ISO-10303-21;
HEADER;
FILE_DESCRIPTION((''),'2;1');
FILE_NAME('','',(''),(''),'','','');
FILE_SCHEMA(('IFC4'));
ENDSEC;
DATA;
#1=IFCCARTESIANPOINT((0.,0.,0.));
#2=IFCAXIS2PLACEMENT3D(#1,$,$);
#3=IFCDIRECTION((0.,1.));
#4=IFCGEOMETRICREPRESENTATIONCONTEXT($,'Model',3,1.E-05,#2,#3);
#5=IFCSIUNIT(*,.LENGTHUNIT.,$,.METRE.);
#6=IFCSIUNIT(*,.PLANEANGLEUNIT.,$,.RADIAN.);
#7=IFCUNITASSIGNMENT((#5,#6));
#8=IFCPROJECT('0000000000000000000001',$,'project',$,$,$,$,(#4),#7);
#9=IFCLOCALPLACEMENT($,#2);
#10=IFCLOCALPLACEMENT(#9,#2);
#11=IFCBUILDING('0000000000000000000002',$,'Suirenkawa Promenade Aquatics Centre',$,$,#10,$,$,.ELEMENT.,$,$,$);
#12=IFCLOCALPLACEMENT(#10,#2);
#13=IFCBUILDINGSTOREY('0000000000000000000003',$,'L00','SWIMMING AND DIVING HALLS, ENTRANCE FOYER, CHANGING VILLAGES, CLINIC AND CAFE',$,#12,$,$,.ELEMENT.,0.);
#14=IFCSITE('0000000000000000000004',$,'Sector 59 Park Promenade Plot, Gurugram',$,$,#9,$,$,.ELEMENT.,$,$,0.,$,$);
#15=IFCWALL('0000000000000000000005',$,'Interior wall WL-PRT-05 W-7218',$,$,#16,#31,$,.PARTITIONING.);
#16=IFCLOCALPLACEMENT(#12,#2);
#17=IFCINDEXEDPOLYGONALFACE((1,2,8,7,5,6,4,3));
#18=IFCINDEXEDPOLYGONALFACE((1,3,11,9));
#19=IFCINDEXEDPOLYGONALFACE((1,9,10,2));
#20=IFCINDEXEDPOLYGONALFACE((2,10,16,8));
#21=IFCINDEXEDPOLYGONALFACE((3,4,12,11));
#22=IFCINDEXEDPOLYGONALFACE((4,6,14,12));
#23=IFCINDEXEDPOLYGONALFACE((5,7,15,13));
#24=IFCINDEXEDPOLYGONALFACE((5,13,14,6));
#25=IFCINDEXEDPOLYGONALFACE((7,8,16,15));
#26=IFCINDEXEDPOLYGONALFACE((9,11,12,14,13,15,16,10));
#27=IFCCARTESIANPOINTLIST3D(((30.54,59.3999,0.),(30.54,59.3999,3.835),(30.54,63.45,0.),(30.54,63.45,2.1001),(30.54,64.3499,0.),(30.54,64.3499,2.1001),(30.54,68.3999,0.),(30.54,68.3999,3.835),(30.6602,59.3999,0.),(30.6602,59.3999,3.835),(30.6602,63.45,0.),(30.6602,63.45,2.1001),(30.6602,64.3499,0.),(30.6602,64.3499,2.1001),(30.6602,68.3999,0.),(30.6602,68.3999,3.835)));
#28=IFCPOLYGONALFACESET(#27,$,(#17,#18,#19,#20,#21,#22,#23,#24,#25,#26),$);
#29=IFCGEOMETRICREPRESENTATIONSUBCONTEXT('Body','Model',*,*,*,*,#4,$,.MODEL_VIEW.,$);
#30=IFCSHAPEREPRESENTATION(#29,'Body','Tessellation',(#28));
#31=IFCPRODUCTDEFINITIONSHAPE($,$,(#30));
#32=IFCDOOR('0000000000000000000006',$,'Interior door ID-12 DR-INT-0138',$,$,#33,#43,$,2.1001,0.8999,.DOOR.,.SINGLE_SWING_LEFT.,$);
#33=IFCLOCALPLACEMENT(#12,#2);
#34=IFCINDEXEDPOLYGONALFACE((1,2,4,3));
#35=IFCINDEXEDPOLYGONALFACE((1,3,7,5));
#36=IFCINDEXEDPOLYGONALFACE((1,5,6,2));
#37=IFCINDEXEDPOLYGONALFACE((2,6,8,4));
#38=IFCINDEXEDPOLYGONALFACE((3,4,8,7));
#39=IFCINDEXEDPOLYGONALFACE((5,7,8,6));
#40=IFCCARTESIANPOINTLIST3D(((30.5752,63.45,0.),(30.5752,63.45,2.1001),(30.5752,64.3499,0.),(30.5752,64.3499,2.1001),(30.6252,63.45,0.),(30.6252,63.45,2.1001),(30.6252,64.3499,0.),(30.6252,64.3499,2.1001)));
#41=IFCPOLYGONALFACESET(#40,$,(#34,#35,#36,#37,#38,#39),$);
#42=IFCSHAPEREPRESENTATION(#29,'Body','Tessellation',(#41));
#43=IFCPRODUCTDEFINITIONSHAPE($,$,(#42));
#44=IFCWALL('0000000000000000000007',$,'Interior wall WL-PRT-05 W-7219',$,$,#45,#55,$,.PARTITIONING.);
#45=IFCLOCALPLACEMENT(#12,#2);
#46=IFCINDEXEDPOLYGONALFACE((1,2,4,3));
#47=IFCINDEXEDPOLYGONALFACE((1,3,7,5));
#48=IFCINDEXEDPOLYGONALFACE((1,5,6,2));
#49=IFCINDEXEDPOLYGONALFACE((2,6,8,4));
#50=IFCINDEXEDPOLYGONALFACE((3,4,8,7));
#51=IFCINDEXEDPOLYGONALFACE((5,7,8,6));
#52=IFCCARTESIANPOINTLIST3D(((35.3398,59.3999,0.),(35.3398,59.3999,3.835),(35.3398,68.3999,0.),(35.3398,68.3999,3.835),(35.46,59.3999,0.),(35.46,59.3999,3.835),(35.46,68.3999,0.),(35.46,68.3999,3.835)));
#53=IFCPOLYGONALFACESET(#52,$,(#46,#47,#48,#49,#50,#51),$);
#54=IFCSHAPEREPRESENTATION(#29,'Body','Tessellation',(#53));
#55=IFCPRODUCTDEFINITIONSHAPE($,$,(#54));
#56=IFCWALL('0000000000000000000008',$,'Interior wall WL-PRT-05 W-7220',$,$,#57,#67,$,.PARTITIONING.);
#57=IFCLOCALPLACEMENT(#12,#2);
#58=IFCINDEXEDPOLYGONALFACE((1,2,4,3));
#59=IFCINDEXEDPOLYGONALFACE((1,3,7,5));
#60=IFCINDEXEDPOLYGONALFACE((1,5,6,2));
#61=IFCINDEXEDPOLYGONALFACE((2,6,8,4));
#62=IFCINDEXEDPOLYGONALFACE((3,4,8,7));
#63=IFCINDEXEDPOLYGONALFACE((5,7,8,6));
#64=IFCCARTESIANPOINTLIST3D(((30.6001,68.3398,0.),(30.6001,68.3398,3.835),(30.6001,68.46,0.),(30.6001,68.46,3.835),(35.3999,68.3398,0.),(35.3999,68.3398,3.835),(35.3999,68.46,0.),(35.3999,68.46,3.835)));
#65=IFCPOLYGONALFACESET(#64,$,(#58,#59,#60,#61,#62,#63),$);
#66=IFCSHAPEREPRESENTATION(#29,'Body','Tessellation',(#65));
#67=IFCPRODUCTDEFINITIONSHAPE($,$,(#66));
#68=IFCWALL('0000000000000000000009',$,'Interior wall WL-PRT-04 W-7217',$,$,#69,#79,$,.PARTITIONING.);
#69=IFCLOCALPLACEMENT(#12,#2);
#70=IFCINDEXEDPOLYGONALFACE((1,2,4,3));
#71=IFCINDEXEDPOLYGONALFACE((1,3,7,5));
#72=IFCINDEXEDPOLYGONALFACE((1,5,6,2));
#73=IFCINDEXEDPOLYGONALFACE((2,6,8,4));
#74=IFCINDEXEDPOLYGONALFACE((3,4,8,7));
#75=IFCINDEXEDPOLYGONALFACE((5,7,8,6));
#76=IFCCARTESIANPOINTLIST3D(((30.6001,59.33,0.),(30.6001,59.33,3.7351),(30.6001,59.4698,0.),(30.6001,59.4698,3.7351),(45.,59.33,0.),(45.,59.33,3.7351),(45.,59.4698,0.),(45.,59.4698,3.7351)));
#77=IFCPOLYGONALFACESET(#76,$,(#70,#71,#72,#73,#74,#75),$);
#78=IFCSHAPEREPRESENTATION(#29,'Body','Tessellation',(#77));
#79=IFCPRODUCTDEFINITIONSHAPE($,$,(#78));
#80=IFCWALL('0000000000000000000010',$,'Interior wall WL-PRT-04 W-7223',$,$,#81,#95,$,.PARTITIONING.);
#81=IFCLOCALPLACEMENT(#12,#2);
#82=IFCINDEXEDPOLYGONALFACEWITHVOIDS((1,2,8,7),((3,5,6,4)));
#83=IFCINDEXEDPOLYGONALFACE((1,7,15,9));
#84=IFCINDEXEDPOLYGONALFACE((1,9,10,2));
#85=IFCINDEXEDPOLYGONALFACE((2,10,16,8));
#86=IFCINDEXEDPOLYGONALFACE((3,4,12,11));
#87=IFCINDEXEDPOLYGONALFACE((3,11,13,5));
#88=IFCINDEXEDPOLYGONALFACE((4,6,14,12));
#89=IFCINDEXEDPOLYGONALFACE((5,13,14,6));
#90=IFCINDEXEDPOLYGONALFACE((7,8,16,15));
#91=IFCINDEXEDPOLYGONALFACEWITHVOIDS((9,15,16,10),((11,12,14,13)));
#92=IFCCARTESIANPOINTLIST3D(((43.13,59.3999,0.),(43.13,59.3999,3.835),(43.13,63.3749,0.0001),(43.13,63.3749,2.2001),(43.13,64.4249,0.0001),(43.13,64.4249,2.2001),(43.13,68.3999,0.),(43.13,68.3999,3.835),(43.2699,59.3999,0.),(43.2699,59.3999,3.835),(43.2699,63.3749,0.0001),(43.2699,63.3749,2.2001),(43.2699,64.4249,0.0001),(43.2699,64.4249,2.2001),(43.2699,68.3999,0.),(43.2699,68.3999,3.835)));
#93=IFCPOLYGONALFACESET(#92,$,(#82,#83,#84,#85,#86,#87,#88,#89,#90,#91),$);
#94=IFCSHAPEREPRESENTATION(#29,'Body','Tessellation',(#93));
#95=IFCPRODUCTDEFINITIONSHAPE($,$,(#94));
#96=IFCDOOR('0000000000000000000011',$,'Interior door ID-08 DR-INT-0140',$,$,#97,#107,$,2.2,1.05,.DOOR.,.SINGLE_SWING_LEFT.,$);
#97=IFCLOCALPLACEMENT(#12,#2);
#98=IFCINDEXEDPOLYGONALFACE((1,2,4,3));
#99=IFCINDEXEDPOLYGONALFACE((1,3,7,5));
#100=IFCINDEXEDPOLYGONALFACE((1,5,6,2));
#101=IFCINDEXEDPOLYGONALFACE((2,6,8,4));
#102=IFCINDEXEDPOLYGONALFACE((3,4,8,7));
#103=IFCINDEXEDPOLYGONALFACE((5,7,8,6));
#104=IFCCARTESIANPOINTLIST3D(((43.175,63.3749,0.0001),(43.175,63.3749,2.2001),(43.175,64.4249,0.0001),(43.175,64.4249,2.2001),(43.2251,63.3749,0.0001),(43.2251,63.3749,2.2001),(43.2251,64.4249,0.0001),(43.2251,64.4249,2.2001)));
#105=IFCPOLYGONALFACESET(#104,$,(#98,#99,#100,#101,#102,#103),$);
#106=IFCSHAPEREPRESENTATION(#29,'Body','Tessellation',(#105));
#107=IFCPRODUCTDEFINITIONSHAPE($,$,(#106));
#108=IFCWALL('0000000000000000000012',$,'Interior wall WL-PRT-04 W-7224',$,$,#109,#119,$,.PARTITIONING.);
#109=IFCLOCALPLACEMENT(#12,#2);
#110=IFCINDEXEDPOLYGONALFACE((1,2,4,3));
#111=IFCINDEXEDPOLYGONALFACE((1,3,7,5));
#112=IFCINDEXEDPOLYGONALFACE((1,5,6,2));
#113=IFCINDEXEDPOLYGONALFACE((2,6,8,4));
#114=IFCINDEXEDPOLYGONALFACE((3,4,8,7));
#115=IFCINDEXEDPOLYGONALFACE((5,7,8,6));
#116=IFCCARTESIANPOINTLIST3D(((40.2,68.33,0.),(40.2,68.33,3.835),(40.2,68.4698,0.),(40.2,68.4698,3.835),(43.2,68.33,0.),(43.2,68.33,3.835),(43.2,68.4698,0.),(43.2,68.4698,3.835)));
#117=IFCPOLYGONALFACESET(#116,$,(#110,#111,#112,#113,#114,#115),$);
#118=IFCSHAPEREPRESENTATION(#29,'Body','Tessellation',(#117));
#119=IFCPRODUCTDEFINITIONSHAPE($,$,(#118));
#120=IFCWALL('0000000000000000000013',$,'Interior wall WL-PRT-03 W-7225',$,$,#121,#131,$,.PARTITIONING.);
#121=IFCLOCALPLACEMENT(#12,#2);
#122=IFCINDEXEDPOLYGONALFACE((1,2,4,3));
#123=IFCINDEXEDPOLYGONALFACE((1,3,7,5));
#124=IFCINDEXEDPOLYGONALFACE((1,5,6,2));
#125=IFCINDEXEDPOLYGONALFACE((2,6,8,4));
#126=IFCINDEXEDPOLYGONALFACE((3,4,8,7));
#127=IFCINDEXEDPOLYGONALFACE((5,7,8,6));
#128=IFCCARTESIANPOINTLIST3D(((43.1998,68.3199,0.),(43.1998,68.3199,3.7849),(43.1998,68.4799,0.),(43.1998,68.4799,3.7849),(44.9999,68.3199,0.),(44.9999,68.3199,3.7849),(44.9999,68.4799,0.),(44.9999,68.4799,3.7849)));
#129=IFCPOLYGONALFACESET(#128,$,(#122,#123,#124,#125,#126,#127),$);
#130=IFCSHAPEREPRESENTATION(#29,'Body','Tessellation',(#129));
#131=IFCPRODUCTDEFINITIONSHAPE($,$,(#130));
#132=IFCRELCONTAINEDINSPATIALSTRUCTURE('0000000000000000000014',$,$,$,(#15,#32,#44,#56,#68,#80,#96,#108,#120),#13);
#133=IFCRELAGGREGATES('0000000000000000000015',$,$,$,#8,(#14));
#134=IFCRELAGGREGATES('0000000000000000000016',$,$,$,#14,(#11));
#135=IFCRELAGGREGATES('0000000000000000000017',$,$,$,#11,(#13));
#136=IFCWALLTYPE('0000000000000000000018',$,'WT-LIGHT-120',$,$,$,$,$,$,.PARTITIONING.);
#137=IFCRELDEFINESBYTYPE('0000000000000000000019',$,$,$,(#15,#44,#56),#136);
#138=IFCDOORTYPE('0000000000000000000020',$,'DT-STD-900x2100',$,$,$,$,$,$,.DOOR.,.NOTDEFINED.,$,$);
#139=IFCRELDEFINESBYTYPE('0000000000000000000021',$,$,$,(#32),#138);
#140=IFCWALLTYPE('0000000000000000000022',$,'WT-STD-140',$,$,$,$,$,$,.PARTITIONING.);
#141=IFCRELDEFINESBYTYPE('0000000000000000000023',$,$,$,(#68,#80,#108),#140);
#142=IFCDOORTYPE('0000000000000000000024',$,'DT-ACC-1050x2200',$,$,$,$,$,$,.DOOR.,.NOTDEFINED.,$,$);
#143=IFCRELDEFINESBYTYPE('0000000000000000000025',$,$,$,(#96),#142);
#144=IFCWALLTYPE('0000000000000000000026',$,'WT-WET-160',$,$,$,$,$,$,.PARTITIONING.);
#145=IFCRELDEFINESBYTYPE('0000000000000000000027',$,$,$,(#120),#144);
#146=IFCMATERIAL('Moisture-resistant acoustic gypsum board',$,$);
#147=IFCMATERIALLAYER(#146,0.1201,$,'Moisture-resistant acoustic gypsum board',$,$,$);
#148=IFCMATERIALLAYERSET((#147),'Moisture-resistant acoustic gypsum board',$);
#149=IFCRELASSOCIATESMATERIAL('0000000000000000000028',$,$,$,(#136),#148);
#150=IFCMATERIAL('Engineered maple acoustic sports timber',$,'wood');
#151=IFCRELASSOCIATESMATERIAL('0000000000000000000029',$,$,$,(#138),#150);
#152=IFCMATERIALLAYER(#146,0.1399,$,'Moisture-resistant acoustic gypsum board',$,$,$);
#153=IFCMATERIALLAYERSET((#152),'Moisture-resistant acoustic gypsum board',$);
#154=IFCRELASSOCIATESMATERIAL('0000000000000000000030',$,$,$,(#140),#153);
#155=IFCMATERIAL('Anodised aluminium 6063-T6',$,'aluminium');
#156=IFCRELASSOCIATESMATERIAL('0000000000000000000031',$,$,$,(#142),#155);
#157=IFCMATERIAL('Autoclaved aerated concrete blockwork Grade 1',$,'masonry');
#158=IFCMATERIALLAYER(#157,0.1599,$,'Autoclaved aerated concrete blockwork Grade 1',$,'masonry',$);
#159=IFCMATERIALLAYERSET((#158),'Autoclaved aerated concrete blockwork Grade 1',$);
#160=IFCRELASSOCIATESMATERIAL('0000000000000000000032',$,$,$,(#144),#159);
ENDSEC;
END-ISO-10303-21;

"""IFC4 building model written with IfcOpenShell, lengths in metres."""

from ifc_helpers import new_model, si_unit, direction, frame, frame_2d, origin, place, context, subcontext, project, spatial, rectangle, extrude, material, layer, layer_set, type_object, element, fill, save


model = new_model("IFC4")

# Units and contexts
model_context = context("Model", 3, precision=1e-05, world=origin(), true_north=direction((0.0, 1.0)))
body_context = subcontext(model_context, "Body", "Model", "MODEL_VIEW")
ifc_project = project(units=[si_unit("LENGTHUNIT", "METRE"), si_unit("PLANEANGLEUNIT", "RADIAN")], contexts=[model_context])

# Site, building, storey
site_placement = place(None, origin())
site = spatial("IfcSite", under=ifc_project, at=site_placement, Name="Sector 59 Park Promenade Plot, Gurugram", CompositionType="ELEMENT", RefElevation=0.0)
building_placement = place(site_placement, origin())
building = spatial("IfcBuilding", under=site, at=building_placement, Name="Suirenkawa Promenade Aquatics Centre", CompositionType="ELEMENT")
storey_placement = place(building_placement, origin())
storey = spatial("IfcBuildingStorey", under=building, at=storey_placement, Name="L00", Description="SWIMMING AND DIVING HALLS, ENTRANCE FOYER, CHANGING VILLAGES, CLINIC AND CAFE", CompositionType="ELEMENT", Elevation=0.0)

# Shared definitions
ifc_material_1 = material(Name="Anodised aluminium 6063-T6", Category="aluminium")

# Shared definitions
ifc_material_2 = material(Name="Autoclaved aerated concrete blockwork Grade 1", Category="masonry")

# Wall, opening, door
ifc_material_3 = material(Name="Moisture-resistant acoustic gypsum board")
ifc_layer_1 = layer(ifc_material_3, 0.1201, Name="Moisture-resistant acoustic gypsum board")
ifc_layer_set_1 = layer_set([ifc_layer_1], Name="Moisture-resistant acoustic gypsum board")
wall_type_1 = type_object("IfcWallType", Name="WT-LIGHT-120", PredefinedType="PARTITIONING", material=ifc_layer_set_1)
wall_1_placement = place(storey_placement, frame((30.6001, 59.3999, 0.0), z_axis=(0.0, 0.0, 1.0), x_axis=(0.0, 1.0, 0.0)))
wall_1 = element("IfcWall", 1, at=wall_1_placement, inside=storey, type_object=wall_type_1, Name="Interior wall WL-PRT-05 W-7218", PredefinedType="PARTITIONING", context=body_context, shape_type="SweptSolid", body=[
    extrude(rectangle(XDim=9.0, YDim=0.1201, at=frame_2d((4.5, 0.0))), origin(), (0.0, 0.0, 1.0), 3.835),
])
opening_1_placement = place(wall_1_placement, frame((4.05, 0.0, 0.0)))
opening_1 = element("IfcOpeningElement", 2, at=opening_1_placement, cuts=wall_1, PredefinedType="OPENING", context=body_context, shape_type="SweptSolid", body=[
    extrude(rectangle(XDim=0.8999, YDim=2.1001, at=frame_2d((0.45, 1.05))), frame((0.0, 0.0701, 0.0), z_axis=(0.0, -1.0, 0.0), x_axis=(1.0, 0.0, 0.0)), (0.0, 0.0, 1.0), 0.1401),
])
ifc_material_4 = material(Name="Engineered maple acoustic sports timber", Category="wood")
door_type_1 = type_object("IfcDoorType", Name="DT-STD-900x2100", OperationType="NOTDEFINED", PredefinedType="DOOR", material=ifc_material_4)
door_1_placement = place(opening_1_placement, origin())
door_1 = element("IfcDoor", 3, at=door_1_placement, inside=storey, type_object=door_type_1, Name="Interior door ID-12 DR-INT-0138", OperationType="SINGLE_SWING_LEFT", OverallHeight=2.1001, OverallWidth=0.8999, PredefinedType="DOOR", context=body_context, shape_type="SweptSolid", body=[
    extrude(rectangle(XDim=0.8999, YDim=2.1001, at=frame_2d((0.45, 1.05))), frame((0.0, 0.0249, 0.0), z_axis=(0.0, -1.0, 0.0), x_axis=(1.0, 0.0, 0.0)), (0.0, 0.0, 1.0), 0.05),
])
fill(opening_1, door_1)

# Walls
wall_2_placement = place(storey_placement, frame((35.3999, 59.3999, 0.0), z_axis=(0.0, 0.0, 1.0), x_axis=(0.0, 1.0, 0.0)))
element("IfcWall", 4, at=wall_2_placement, inside=storey, type_object=wall_type_1, Name="Interior wall WL-PRT-05 W-7219", PredefinedType="PARTITIONING", context=body_context, shape_type="SweptSolid", body=[
    extrude(rectangle(XDim=9.0, YDim=0.1201, at=frame_2d((4.5, 0.0))), origin(), (0.0, 0.0, 1.0), 3.835),
])
wall_3_placement = place(storey_placement, frame((30.6001, 68.3999, 0.0), z_axis=(0.0, 0.0, 1.0), x_axis=(1.0, 0.0, 0.0)))
element("IfcWall", 5, at=wall_3_placement, inside=storey, type_object=wall_type_1, Name="Interior wall WL-PRT-05 W-7220", PredefinedType="PARTITIONING", context=body_context, shape_type="SweptSolid", body=[
    extrude(rectangle(XDim=4.7998, YDim=0.1201, at=frame_2d((2.3999, 0.0))), origin(), (0.0, 0.0, 1.0), 3.835),
])
ifc_layer_2 = layer(ifc_material_3, 0.1399, Name="Moisture-resistant acoustic gypsum board")
ifc_layer_set_2 = layer_set([ifc_layer_2], Name="Moisture-resistant acoustic gypsum board")
wall_type_2 = type_object("IfcWallType", Name="WT-STD-140", PredefinedType="PARTITIONING", material=ifc_layer_set_2)
wall_4_placement = place(storey_placement, frame((30.6001, 59.3999, 0.0), z_axis=(0.0, 0.0, 1.0), x_axis=(1.0, 0.0, 0.0)))
element("IfcWall", 6, at=wall_4_placement, inside=storey, type_object=wall_type_2, Name="Interior wall WL-PRT-04 W-7217", PredefinedType="PARTITIONING", context=body_context, shape_type="SweptSolid", body=[
    extrude(rectangle(XDim=14.3999, YDim=0.1399, at=frame_2d((7.2, 0.0))), origin(), (0.0, 0.0, 1.0), 3.7351),
])

# Wall, opening, door
wall_5_placement = place(storey_placement, frame((43.2, 59.3999, 0.0), z_axis=(0.0, 0.0, 1.0), x_axis=(0.0, 1.0, 0.0)))
wall_5 = element("IfcWall", 7, at=wall_5_placement, inside=storey, type_object=wall_type_2, Name="Interior wall WL-PRT-04 W-7223", PredefinedType="PARTITIONING", context=body_context, shape_type="SweptSolid", body=[
    extrude(rectangle(XDim=9.0, YDim=0.1399, at=frame_2d((4.5, 0.0))), origin(), (0.0, 0.0, 1.0), 3.835),
])
opening_2_placement = place(wall_5_placement, frame((3.9751, 0.0, 0.0)))
opening_2 = element("IfcOpeningElement", 8, at=opening_2_placement, cuts=wall_5, PredefinedType="OPENING", context=body_context, shape_type="SweptSolid", body=[
    extrude(rectangle(XDim=1.05, YDim=2.2, at=frame_2d((0.5249, 1.1001))), frame((0.0, 0.0798, 0.0), z_axis=(0.0, -1.0, 0.0), x_axis=(1.0, 0.0, 0.0)), (0.0, 0.0, 1.0), 0.1599),
])
door_type_2 = type_object("IfcDoorType", Name="DT-ACC-1050x2200", OperationType="NOTDEFINED", PredefinedType="DOOR", material=ifc_material_1)
door_2_placement = place(opening_2_placement, origin())
door_2 = element("IfcDoor", 9, at=door_2_placement, inside=storey, type_object=door_type_2, Name="Interior door ID-08 DR-INT-0140", OperationType="SINGLE_SWING_LEFT", OverallHeight=2.2, OverallWidth=1.05, PredefinedType="DOOR", context=body_context, shape_type="SweptSolid", body=[
    extrude(rectangle(XDim=1.05, YDim=2.2, at=frame_2d((0.5249, 1.1001))), frame((0.0, 0.0249, 0.0), z_axis=(0.0, -1.0, 0.0), x_axis=(1.0, 0.0, 0.0)), (0.0, 0.0, 1.0), 0.05),
])
fill(opening_2, door_2)

# Walls
wall_6_placement = place(storey_placement, frame((40.2, 68.3999, 0.0), z_axis=(0.0, 0.0, 1.0), x_axis=(1.0, 0.0, 0.0)))
element("IfcWall", 10, at=wall_6_placement, inside=storey, type_object=wall_type_2, Name="Interior wall WL-PRT-04 W-7224", PredefinedType="PARTITIONING", context=body_context, shape_type="SweptSolid", body=[
    extrude(rectangle(XDim=3.0, YDim=0.1399, at=frame_2d((1.5, 0.0))), origin(), (0.0, 0.0, 1.0), 3.835),
])
ifc_layer_3 = layer(ifc_material_2, 0.1599, Name="Autoclaved aerated concrete blockwork Grade 1", Category="masonry")
ifc_layer_set_3 = layer_set([ifc_layer_3], Name="Autoclaved aerated concrete blockwork Grade 1")
wall_type_3 = type_object("IfcWallType", Name="WT-WET-160", PredefinedType="PARTITIONING", material=ifc_layer_set_3)
wall_7_placement = place(storey_placement, frame((43.2, 68.3999, 0.0), z_axis=(0.0, 0.0, 1.0), x_axis=(1.0, 0.0, 0.0)))
element("IfcWall", 11, at=wall_7_placement, inside=storey, type_object=wall_type_3, Name="Interior wall WL-PRT-03 W-7225", PredefinedType="PARTITIONING", context=body_context, shape_type="SweptSolid", body=[
    extrude(rectangle(XDim=1.8, YDim=0.1599, at=frame_2d((0.8999, 0.0))), origin(), (0.0, 0.0, 1.0), 3.7849),
])

save(model, "model.ifc")
